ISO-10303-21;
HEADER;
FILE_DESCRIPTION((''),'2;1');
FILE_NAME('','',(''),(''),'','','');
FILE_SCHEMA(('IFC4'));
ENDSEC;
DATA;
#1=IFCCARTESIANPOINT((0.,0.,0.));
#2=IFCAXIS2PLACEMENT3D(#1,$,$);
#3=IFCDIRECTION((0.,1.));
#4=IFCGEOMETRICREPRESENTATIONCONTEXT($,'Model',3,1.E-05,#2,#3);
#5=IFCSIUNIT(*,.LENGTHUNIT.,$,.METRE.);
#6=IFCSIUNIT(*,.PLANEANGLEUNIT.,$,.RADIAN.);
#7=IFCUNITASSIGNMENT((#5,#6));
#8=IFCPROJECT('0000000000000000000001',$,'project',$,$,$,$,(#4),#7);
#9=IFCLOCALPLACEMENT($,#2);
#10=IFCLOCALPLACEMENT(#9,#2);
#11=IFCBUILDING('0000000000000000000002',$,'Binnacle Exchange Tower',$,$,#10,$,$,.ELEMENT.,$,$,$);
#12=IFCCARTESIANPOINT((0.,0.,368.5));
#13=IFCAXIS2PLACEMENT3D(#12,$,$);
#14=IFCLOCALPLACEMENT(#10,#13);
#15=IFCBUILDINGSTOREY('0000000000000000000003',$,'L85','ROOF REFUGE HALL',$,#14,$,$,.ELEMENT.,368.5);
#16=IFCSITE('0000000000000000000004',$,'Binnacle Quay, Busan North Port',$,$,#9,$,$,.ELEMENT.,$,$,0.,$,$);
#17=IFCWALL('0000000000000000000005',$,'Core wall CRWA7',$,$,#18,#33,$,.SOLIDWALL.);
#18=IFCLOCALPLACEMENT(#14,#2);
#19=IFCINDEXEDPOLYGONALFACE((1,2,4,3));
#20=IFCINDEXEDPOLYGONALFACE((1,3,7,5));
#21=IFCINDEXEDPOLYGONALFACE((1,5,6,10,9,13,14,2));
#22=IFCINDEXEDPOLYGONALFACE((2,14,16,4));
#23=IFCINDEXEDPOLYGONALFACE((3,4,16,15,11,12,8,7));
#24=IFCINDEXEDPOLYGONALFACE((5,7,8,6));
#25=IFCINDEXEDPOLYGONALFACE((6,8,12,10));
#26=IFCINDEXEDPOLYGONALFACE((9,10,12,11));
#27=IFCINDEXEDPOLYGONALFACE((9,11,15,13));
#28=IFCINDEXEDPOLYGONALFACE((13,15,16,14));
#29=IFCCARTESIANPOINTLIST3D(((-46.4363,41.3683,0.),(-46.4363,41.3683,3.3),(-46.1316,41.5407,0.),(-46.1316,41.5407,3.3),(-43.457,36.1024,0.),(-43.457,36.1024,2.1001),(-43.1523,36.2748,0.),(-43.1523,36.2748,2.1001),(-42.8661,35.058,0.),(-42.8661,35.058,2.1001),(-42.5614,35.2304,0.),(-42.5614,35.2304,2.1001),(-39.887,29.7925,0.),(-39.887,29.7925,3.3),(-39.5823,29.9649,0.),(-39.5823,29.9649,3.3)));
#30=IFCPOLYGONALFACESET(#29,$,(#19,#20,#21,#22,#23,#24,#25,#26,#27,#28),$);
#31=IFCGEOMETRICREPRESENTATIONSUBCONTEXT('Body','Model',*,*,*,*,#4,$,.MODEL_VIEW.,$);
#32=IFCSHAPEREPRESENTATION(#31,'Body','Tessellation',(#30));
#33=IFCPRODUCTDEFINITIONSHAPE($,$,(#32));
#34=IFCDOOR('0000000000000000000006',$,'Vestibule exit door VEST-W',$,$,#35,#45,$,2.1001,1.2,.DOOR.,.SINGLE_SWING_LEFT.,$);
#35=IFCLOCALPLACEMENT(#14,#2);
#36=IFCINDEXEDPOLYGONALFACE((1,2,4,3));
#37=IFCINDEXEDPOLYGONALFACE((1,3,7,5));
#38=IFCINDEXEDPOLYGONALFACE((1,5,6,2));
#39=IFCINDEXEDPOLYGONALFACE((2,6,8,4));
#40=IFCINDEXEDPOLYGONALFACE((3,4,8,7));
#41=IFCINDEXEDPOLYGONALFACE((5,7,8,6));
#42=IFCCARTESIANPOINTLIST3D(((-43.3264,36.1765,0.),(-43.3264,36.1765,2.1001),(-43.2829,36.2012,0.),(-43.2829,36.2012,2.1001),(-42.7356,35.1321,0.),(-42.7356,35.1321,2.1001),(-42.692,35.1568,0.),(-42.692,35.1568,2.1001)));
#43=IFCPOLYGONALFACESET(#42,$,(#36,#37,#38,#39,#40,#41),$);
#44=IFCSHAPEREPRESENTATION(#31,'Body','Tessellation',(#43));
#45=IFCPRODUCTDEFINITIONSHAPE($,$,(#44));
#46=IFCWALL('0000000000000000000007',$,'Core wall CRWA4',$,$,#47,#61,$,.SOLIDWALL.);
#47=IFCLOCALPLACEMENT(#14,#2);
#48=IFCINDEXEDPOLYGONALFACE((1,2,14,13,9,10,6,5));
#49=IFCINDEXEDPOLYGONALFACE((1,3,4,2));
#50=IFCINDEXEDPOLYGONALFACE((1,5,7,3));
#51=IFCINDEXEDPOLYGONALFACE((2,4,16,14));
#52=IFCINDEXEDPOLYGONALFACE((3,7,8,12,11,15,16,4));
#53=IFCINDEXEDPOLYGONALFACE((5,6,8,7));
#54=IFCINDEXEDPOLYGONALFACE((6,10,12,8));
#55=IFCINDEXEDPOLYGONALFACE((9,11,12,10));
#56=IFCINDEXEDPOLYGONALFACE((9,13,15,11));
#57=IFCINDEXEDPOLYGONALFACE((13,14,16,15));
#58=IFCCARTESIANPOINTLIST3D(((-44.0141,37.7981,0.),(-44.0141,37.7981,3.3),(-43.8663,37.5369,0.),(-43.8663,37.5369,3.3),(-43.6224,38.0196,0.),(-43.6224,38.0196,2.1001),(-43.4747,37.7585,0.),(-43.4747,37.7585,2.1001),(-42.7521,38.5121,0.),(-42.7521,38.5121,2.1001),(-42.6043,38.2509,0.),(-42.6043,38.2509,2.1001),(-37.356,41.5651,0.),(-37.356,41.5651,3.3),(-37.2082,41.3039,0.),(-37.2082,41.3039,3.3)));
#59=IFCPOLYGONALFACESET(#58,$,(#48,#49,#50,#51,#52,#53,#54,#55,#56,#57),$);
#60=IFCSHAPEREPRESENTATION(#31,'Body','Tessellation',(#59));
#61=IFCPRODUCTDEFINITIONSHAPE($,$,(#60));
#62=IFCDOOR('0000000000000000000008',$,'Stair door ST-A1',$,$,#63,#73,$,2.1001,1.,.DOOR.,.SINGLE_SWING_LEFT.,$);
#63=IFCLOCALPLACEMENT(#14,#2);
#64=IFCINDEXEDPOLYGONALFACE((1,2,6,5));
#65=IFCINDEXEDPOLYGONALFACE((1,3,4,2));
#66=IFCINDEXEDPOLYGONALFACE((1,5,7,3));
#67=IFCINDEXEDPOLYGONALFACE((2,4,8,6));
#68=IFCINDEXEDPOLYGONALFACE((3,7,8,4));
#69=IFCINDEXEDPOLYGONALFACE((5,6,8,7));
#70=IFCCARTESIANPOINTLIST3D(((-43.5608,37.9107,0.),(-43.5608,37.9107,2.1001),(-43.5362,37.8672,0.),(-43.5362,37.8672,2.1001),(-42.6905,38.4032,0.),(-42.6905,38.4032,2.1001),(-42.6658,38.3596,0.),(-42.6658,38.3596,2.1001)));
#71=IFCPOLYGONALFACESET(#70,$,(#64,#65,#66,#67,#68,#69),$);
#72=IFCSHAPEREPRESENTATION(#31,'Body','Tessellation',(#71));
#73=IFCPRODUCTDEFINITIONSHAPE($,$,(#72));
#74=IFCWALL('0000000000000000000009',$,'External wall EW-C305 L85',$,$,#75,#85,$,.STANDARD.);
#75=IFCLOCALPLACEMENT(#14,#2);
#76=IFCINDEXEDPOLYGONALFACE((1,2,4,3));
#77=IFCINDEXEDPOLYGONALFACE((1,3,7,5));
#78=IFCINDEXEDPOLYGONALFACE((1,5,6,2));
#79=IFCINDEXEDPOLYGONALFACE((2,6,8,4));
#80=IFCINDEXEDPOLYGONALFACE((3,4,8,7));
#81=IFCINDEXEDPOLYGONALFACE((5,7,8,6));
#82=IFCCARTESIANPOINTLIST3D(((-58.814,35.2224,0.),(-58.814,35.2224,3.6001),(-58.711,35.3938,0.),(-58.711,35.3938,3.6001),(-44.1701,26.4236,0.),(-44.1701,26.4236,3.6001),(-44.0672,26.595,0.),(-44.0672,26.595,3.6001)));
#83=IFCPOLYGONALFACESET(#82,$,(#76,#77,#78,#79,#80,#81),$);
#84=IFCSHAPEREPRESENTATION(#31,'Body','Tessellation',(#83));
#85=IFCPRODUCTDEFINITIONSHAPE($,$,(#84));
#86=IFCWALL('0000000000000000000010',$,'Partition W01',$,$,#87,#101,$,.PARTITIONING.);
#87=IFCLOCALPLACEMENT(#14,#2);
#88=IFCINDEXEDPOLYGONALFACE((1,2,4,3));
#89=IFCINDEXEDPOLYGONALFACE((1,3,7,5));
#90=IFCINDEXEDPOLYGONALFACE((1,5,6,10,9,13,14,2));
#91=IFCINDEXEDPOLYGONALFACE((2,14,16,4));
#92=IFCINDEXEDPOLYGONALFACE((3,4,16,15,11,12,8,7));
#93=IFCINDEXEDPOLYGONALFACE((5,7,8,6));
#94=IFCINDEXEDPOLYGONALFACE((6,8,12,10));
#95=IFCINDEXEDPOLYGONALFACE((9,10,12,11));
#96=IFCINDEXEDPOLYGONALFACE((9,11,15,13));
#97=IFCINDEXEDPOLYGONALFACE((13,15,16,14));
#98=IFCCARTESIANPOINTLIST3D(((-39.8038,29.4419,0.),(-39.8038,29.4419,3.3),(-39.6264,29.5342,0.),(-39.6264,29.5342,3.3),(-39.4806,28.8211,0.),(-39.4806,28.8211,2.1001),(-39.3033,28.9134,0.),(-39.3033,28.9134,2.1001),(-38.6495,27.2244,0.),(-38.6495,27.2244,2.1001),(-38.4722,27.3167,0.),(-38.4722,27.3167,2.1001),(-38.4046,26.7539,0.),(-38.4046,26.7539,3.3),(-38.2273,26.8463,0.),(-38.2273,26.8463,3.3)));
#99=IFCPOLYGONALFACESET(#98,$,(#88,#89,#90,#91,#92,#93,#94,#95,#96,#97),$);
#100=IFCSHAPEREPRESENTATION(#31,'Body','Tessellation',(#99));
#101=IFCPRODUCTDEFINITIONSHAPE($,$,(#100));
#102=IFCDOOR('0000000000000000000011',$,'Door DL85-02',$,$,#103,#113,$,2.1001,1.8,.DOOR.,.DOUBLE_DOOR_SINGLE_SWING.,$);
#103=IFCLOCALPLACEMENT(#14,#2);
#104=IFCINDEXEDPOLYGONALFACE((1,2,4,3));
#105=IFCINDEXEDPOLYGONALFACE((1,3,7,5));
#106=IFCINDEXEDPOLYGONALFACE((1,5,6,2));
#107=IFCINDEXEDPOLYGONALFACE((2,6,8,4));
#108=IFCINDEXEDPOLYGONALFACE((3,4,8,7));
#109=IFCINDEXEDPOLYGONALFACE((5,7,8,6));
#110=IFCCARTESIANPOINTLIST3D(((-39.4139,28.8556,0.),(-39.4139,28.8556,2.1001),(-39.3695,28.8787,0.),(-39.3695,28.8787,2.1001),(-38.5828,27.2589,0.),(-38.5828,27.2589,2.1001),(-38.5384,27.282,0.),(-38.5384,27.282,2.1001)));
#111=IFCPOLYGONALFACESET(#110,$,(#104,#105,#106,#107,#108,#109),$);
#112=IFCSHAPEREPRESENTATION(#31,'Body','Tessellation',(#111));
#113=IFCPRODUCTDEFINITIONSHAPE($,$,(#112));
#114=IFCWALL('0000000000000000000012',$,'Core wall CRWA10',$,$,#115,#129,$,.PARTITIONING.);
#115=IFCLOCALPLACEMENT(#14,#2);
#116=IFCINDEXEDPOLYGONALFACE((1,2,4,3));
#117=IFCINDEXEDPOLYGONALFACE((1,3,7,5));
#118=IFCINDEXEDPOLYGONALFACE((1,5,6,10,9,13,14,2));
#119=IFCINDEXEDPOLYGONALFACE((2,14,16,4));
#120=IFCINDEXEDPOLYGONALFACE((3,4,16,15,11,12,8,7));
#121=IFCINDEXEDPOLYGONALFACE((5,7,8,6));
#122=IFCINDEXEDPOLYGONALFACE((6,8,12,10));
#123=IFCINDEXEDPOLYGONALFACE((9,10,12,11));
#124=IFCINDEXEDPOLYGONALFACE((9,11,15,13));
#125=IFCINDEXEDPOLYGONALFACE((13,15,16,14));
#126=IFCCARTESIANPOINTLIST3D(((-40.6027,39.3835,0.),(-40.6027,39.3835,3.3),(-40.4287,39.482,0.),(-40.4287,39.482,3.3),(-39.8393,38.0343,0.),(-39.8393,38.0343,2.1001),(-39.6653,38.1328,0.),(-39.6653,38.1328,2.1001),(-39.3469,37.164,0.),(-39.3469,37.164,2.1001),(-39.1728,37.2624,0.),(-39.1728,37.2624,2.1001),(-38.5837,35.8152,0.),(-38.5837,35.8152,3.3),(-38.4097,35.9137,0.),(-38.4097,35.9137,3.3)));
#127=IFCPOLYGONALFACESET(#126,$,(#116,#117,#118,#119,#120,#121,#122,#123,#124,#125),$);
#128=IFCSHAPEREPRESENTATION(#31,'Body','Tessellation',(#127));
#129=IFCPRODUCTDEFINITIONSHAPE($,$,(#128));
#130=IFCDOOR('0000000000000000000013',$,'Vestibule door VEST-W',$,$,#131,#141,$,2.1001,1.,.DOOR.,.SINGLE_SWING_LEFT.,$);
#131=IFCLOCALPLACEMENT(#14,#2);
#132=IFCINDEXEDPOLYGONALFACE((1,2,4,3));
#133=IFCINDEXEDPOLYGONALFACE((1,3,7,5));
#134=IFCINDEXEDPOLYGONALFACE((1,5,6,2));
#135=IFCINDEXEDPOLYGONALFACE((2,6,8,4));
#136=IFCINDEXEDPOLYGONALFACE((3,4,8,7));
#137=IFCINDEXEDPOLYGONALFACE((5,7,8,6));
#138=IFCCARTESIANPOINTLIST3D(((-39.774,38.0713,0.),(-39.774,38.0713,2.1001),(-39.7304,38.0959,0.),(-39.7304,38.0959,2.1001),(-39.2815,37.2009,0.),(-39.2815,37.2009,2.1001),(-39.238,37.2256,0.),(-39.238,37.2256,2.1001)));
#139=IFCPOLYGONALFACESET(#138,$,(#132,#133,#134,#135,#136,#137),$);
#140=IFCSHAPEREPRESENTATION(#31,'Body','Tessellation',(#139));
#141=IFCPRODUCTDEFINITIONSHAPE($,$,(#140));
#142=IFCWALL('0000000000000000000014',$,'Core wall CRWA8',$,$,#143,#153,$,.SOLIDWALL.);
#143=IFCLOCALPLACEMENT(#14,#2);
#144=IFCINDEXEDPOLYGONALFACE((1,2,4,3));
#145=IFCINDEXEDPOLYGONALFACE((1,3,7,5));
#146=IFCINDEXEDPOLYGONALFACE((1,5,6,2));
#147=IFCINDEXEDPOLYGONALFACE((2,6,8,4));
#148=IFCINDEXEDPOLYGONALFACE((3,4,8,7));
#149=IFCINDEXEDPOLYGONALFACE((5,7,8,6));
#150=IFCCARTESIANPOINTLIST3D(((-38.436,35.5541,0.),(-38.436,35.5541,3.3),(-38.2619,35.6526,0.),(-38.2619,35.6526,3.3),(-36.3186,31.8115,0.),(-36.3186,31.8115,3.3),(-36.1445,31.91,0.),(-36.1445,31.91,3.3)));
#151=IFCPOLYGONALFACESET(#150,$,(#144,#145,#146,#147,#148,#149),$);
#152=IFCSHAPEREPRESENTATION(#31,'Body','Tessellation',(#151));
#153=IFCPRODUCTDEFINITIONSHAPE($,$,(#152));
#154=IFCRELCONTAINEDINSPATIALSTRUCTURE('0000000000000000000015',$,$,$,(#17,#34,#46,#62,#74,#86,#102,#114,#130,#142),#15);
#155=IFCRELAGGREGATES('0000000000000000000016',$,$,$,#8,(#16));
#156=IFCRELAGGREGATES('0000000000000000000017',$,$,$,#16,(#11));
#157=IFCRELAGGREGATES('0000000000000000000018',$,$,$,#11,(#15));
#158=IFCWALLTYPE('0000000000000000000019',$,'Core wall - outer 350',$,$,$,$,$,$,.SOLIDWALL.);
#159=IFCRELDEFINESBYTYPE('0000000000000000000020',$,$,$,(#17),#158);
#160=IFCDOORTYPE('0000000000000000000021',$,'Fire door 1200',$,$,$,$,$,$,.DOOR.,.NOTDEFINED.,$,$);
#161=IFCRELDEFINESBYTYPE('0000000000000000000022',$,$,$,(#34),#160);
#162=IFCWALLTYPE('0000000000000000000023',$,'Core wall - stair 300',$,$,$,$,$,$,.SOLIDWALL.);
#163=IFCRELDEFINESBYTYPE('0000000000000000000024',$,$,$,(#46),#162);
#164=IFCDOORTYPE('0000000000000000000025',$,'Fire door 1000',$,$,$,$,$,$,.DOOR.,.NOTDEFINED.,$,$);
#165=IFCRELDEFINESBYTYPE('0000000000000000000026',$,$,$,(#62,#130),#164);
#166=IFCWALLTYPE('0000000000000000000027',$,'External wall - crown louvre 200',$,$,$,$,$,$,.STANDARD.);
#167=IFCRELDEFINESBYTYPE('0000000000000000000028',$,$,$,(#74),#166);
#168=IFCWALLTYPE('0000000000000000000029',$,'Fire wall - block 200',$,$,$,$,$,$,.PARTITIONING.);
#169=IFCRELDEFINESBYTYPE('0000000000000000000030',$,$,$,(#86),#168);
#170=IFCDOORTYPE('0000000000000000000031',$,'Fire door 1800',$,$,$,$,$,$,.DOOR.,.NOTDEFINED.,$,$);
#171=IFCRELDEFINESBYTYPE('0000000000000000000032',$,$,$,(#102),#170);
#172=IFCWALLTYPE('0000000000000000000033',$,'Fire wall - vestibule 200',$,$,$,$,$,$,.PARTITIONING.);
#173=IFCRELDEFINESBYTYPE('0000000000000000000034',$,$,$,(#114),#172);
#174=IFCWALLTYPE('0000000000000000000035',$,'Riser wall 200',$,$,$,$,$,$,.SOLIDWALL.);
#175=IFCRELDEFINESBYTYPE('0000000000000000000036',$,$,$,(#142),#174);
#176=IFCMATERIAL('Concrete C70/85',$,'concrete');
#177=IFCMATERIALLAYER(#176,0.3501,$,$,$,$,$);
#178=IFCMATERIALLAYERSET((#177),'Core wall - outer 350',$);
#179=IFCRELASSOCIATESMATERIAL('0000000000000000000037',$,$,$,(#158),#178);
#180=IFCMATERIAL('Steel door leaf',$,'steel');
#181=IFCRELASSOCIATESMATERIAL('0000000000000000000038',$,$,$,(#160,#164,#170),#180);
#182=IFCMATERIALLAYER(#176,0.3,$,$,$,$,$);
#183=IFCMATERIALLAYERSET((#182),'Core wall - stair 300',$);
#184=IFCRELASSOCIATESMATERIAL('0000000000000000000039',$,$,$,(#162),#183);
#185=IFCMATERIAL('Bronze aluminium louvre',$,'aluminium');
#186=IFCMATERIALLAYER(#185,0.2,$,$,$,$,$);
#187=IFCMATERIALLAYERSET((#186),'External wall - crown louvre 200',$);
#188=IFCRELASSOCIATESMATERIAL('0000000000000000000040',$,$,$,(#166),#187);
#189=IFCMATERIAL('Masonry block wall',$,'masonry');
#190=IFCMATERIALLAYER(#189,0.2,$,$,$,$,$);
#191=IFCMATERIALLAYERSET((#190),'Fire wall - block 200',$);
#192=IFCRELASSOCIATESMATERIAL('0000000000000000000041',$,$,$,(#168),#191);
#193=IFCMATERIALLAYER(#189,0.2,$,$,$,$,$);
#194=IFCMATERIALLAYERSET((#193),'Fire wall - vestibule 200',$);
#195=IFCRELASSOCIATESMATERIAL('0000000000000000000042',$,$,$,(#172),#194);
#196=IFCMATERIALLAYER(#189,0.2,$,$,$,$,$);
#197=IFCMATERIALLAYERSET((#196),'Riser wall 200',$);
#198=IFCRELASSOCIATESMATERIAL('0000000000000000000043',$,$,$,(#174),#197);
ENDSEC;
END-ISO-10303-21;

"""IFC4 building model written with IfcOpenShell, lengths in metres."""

from ifc_helpers import new_model, si_unit, direction, frame, frame_2d, origin, place, context, subcontext, project, spatial, rectangle, extrude, material, layer, layer_set, type_object, element, fill, save


model = new_model("IFC4")

# Units and contexts
model_context = context("Model", 3, precision=1e-05, world=origin(), true_north=direction((0.0, 1.0)))
body_context = subcontext(model_context, "Body", "Model", "MODEL_VIEW")
ifc_project = project(units=[si_unit("LENGTHUNIT", "METRE"), si_unit("PLANEANGLEUNIT", "RADIAN")], contexts=[model_context])

# Site, building, storey
site_placement = place(None, origin())
site = spatial("IfcSite", under=ifc_project, at=site_placement, Name="Binnacle Quay, Busan North Port", CompositionType="ELEMENT", RefElevation=0.0)
building_placement = place(site_placement, origin())
building = spatial("IfcBuilding", under=site, at=building_placement, Name="Binnacle Exchange Tower", CompositionType="ELEMENT")
storey_placement = place(building_placement, frame((0.0, 0.0, 368.5)))
storey = spatial("IfcBuildingStorey", under=building, at=storey_placement, Name="L85", Description="ROOF REFUGE HALL", CompositionType="ELEMENT", Elevation=368.5)

# Shared definitions
ifc_material_1 = material(Name="Concrete C70/85", Category="concrete")
ifc_material_2 = material(Name="Steel door leaf", Category="steel")

# Shared definitions
ifc_layer_1 = layer(ifc_material_1, 0.3501)
ifc_layer_set_1 = layer_set([ifc_layer_1], Name="Core wall - outer 350")
wall_type_1 = type_object("IfcWallType", Name="Core wall - outer 350", PredefinedType="SOLIDWALL", material=ifc_layer_set_1)
door_type_1 = type_object("IfcDoorType", Name="Fire door 1200", OperationType="NOTDEFINED", PredefinedType="DOOR", material=ifc_material_2)

# Walls, openings, doors
wall_1_placement = place(storey_placement, frame((-46.2839, 41.4543, 0.0), z_axis=(0.0, 0.0, 1.0), x_axis=(0.49243, -0.870352, 0.0)))
wall_1 = element("IfcWall", 1, at=wall_1_placement, inside=storey, type_object=wall_type_1, Name="Core wall CRWA7", PredefinedType="SOLIDWALL", context=body_context, shape_type="SweptSolid", body=[
    extrude(rectangle(XDim=13.3, YDim=0.3501, at=frame_2d((6.6499, 0.0))), origin(), (0.0, 0.0, 1.0), 3.3),
])
opening_1_placement = place(wall_1_placement, frame((6.05, 0.0, 0.0)))
opening_1 = element("IfcOpeningElement", 2, at=opening_1_placement, cuts=wall_1, PredefinedType="OPENING", context=body_context, shape_type="SweptSolid", body=[
    extrude(rectangle(XDim=1.2, YDim=2.1001, at=frame_2d((0.6001, 1.05))), frame((0.0, 0.1851, 0.0), z_axis=(0.0, -1.0, 0.0), x_axis=(1.0, 0.0, 0.0)), (0.0, 0.0, 1.0), 0.3701),
])
door_1_placement = place(opening_1_placement, frame((1.2, 0.0, 0.0), z_axis=(0.0, 0.0, 1.0), x_axis=(-1.0, 0.0, 0.0)))
door_1 = element("IfcDoor", 3, at=door_1_placement, inside=storey, type_object=door_type_1, Name="Vestibule exit door VEST-W", OperationType="SINGLE_SWING_LEFT", OverallHeight=2.1001, OverallWidth=1.2, PredefinedType="DOOR", context=body_context, shape_type="SweptSolid", body=[
    extrude(rectangle(XDim=1.2, YDim=2.1001, at=frame_2d((0.6001, 1.05))), frame((0.0, 0.0249, 0.0), z_axis=(0.0, -1.0, 0.0), x_axis=(1.0, 0.0, 0.0)), (0.0, 0.0, 1.0), 0.05),
])
fill(opening_1, door_1)
ifc_layer_2 = layer(ifc_material_1, 0.3)
ifc_layer_set_2 = layer_set([ifc_layer_2], Name="Core wall - stair 300")
wall_type_2 = type_object("IfcWallType", Name="Core wall - stair 300", PredefinedType="SOLIDWALL", material=ifc_layer_set_2)
wall_2_placement = place(storey_placement, frame((-43.9402, 37.6675, 0.0), z_axis=(0.0, 0.0, 1.0), x_axis=(0.870352, 0.492429, 0.0)))
wall_2 = element("IfcWall", 4, at=wall_2_placement, inside=storey, type_object=wall_type_2, Name="Core wall CRWA4", PredefinedType="SOLIDWALL", context=body_context, shape_type="SweptSolid", body=[
    extrude(rectangle(XDim=7.6499, YDim=0.3, at=frame_2d((3.825, 0.0))), origin(), (0.0, 0.0, 1.0), 3.3),
])
opening_2_placement = place(wall_2_placement, frame((0.45, 0.0, 0.0)))
opening_2 = element("IfcOpeningElement", 5, at=opening_2_placement, cuts=wall_2, PredefinedType="OPENING", context=body_context, shape_type="SweptSolid", body=[
    extrude(rectangle(XDim=1.0, YDim=2.1001, at=frame_2d((0.5, 1.05))), frame((0.0, 0.1599, 0.0), z_axis=(0.0, -1.0, 0.0), x_axis=(1.0, 0.0, 0.0)), (0.0, 0.0, 1.0), 0.3201),
])
door_type_2 = type_object("IfcDoorType", Name="Fire door 1000", OperationType="NOTDEFINED", PredefinedType="DOOR", material=ifc_material_2)
door_2_placement = place(opening_2_placement, origin())
door_2 = element("IfcDoor", 6, at=door_2_placement, inside=storey, type_object=door_type_2, Name="Stair door ST-A1", OperationType="SINGLE_SWING_LEFT", OverallHeight=2.1001, OverallWidth=1.0, PredefinedType="DOOR", context=body_context, shape_type="SweptSolid", body=[
    extrude(rectangle(XDim=1.0, YDim=2.1001, at=frame_2d((0.5, 1.05))), frame((0.0, 0.0249, 0.0), z_axis=(0.0, -1.0, 0.0), x_axis=(1.0, 0.0, 0.0)), (0.0, 0.0, 1.0), 0.05),
])
fill(opening_2, door_2)

# Wall
ifc_material_3 = material(Name="Bronze aluminium louvre", Category="aluminium")
ifc_layer_3 = layer(ifc_material_3, 0.2)
ifc_layer_set_3 = layer_set([ifc_layer_3], Name="External wall - crown louvre 200")
wall_type_3 = type_object("IfcWallType", Name="External wall - crown louvre 200", PredefinedType="STANDARD", material=ifc_layer_set_3)
wall_3_placement = place(storey_placement, frame((-44.1187, 26.5093, 0.0), z_axis=(0.0, 0.0, 1.0), x_axis=(-0.857169, 0.515036, 0.0)))
element("IfcWall", 7, at=wall_3_placement, inside=storey, type_object=wall_type_3, Name="External wall EW-C305 L85", PredefinedType="STANDARD", context=body_context, shape_type="SweptSolid", body=[
    extrude(rectangle(XDim=17.084, YDim=0.2, at=frame_2d((8.542, 0.0))), origin(), (0.0, 0.0, 1.0), 3.6001),
])

# Walls, openings, doors
ifc_material_4 = material(Name="Masonry block wall", Category="masonry")
ifc_layer_4 = layer(ifc_material_4, 0.2)
ifc_layer_set_4 = layer_set([ifc_layer_4], Name="Fire wall - block 200")
wall_type_4 = type_object("IfcWallType", Name="Fire wall - block 200", PredefinedType="PARTITIONING", material=ifc_layer_set_4)
wall_4_placement = place(storey_placement, frame((-39.7151, 29.488, 0.0), z_axis=(0.0, 0.0, 1.0), x_axis=(0.461721, -0.887025, 0.0)))
wall_4 = element("IfcWall", 8, at=wall_4_placement, inside=storey, type_object=wall_type_4, Name="Partition W01", PredefinedType="PARTITIONING", context=body_context, shape_type="SweptSolid", body=[
    extrude(rectangle(XDim=3.0303, YDim=0.2, at=frame_2d((1.5151, 0.0))), origin(), (0.0, 0.0, 1.0), 3.3),
])
opening_3_placement = place(wall_4_placement, frame((0.7, 0.0, 0.0)))
opening_3 = element("IfcOpeningElement", 9, at=opening_3_placement, cuts=wall_4, PredefinedType="OPENING", context=body_context, shape_type="SweptSolid", body=[
    extrude(rectangle(XDim=1.8, YDim=2.1001, at=frame_2d((0.8999, 1.05))), frame((0.0, 0.1099, 0.0), z_axis=(0.0, -1.0, 0.0), x_axis=(1.0, 0.0, 0.0)), (0.0, 0.0, 1.0), 0.22),
])
door_type_3 = type_object("IfcDoorType", Name="Fire door 1800", OperationType="NOTDEFINED", PredefinedType="DOOR", material=ifc_material_2)
door_3_placement = place(opening_3_placement, frame((1.8, 0.0, 0.0), z_axis=(0.0, 0.0, 1.0), x_axis=(-1.0, 0.0, 0.0)))
door_3 = element("IfcDoor", 10, at=door_3_placement, inside=storey, type_object=door_type_3, Name="Door DL85-02", OperationType="DOUBLE_DOOR_SINGLE_SWING", OverallHeight=2.1001, OverallWidth=1.8, PredefinedType="DOOR", context=body_context, shape_type="SweptSolid", body=[
    extrude(rectangle(XDim=1.8, YDim=2.1001, at=frame_2d((0.8999, 1.05))), frame((0.0, 0.0249, 0.0), z_axis=(0.0, -1.0, 0.0), x_axis=(1.0, 0.0, 0.0)), (0.0, 0.0, 1.0), 0.05),
])
fill(opening_3, door_3)
ifc_layer_5 = layer(ifc_material_4, 0.2)
ifc_layer_set_5 = layer_set([ifc_layer_5], Name="Fire wall - vestibule 200")
wall_type_5 = type_object("IfcWallType", Name="Fire wall - vestibule 200", PredefinedType="PARTITIONING", material=ifc_layer_set_5)
wall_5_placement = place(storey_placement, frame((-40.5156, 39.4326, 0.0), z_axis=(0.0, 0.0, 1.0), x_axis=(0.492454, -0.870339, 0.0)))
wall_5 = element("IfcWall", 11, at=wall_5_placement, inside=storey, type_object=wall_type_5, Name="Core wall CRWA10", PredefinedType="PARTITIONING", context=body_context, shape_type="SweptSolid", body=[
    extrude(rectangle(XDim=4.0999, YDim=0.2, at=frame_2d((2.0498, 0.0))), origin(), (0.0, 0.0, 1.0), 3.3),
])
opening_4_placement = place(wall_5_placement, frame((1.55, 0.0, 0.0)))
opening_4 = element("IfcOpeningElement", 12, at=opening_4_placement, cuts=wall_5, PredefinedType="OPENING", context=body_context, shape_type="SweptSolid", body=[
    extrude(rectangle(XDim=1.0, YDim=2.1001, at=frame_2d((0.5, 1.05))), frame((0.0, 0.1099, 0.0), z_axis=(0.0, -1.0, 0.0), x_axis=(1.0, 0.0, 0.0)), (0.0, 0.0, 1.0), 0.22),
])
door_4_placement = place(opening_4_placement, frame((1.0, 0.0, 0.0), z_axis=(0.0, 0.0, 1.0), x_axis=(-1.0, 0.0, 0.0)))
door_4 = element("IfcDoor", 13, at=door_4_placement, inside=storey, type_object=door_type_2, Name="Vestibule door VEST-W", OperationType="SINGLE_SWING_LEFT", OverallHeight=2.1001, OverallWidth=1.0, PredefinedType="DOOR", context=body_context, shape_type="SweptSolid", body=[
    extrude(rectangle(XDim=1.0, YDim=2.1001, at=frame_2d((0.5, 1.05))), frame((0.0, 0.0249, 0.0), z_axis=(0.0, -1.0, 0.0), x_axis=(1.0, 0.0, 0.0)), (0.0, 0.0, 1.0), 0.05),
])
fill(opening_4, door_4)

# Wall
ifc_layer_6 = layer(ifc_material_4, 0.2)
ifc_layer_set_6 = layer_set([ifc_layer_6], Name="Riser wall 200")
wall_type_6 = type_object("IfcWallType", Name="Riser wall 200", PredefinedType="SOLIDWALL", material=ifc_layer_set_6)
wall_6_placement = place(storey_placement, frame((-38.3489, 35.6033, 0.0), z_axis=(0.0, 0.0, 1.0), x_axis=(0.492411, -0.870363, 0.0)))
element("IfcWall", 14, at=wall_6_placement, inside=storey, type_object=wall_type_6, Name="Core wall CRWA8", PredefinedType="SOLIDWALL", context=body_context, shape_type="SweptSolid", body=[
    extrude(rectangle(XDim=4.3, YDim=0.2, at=frame_2d((2.1499, 0.0))), origin(), (0.0, 0.0, 1.0), 3.3),
])

save(model, "model.ifc")
